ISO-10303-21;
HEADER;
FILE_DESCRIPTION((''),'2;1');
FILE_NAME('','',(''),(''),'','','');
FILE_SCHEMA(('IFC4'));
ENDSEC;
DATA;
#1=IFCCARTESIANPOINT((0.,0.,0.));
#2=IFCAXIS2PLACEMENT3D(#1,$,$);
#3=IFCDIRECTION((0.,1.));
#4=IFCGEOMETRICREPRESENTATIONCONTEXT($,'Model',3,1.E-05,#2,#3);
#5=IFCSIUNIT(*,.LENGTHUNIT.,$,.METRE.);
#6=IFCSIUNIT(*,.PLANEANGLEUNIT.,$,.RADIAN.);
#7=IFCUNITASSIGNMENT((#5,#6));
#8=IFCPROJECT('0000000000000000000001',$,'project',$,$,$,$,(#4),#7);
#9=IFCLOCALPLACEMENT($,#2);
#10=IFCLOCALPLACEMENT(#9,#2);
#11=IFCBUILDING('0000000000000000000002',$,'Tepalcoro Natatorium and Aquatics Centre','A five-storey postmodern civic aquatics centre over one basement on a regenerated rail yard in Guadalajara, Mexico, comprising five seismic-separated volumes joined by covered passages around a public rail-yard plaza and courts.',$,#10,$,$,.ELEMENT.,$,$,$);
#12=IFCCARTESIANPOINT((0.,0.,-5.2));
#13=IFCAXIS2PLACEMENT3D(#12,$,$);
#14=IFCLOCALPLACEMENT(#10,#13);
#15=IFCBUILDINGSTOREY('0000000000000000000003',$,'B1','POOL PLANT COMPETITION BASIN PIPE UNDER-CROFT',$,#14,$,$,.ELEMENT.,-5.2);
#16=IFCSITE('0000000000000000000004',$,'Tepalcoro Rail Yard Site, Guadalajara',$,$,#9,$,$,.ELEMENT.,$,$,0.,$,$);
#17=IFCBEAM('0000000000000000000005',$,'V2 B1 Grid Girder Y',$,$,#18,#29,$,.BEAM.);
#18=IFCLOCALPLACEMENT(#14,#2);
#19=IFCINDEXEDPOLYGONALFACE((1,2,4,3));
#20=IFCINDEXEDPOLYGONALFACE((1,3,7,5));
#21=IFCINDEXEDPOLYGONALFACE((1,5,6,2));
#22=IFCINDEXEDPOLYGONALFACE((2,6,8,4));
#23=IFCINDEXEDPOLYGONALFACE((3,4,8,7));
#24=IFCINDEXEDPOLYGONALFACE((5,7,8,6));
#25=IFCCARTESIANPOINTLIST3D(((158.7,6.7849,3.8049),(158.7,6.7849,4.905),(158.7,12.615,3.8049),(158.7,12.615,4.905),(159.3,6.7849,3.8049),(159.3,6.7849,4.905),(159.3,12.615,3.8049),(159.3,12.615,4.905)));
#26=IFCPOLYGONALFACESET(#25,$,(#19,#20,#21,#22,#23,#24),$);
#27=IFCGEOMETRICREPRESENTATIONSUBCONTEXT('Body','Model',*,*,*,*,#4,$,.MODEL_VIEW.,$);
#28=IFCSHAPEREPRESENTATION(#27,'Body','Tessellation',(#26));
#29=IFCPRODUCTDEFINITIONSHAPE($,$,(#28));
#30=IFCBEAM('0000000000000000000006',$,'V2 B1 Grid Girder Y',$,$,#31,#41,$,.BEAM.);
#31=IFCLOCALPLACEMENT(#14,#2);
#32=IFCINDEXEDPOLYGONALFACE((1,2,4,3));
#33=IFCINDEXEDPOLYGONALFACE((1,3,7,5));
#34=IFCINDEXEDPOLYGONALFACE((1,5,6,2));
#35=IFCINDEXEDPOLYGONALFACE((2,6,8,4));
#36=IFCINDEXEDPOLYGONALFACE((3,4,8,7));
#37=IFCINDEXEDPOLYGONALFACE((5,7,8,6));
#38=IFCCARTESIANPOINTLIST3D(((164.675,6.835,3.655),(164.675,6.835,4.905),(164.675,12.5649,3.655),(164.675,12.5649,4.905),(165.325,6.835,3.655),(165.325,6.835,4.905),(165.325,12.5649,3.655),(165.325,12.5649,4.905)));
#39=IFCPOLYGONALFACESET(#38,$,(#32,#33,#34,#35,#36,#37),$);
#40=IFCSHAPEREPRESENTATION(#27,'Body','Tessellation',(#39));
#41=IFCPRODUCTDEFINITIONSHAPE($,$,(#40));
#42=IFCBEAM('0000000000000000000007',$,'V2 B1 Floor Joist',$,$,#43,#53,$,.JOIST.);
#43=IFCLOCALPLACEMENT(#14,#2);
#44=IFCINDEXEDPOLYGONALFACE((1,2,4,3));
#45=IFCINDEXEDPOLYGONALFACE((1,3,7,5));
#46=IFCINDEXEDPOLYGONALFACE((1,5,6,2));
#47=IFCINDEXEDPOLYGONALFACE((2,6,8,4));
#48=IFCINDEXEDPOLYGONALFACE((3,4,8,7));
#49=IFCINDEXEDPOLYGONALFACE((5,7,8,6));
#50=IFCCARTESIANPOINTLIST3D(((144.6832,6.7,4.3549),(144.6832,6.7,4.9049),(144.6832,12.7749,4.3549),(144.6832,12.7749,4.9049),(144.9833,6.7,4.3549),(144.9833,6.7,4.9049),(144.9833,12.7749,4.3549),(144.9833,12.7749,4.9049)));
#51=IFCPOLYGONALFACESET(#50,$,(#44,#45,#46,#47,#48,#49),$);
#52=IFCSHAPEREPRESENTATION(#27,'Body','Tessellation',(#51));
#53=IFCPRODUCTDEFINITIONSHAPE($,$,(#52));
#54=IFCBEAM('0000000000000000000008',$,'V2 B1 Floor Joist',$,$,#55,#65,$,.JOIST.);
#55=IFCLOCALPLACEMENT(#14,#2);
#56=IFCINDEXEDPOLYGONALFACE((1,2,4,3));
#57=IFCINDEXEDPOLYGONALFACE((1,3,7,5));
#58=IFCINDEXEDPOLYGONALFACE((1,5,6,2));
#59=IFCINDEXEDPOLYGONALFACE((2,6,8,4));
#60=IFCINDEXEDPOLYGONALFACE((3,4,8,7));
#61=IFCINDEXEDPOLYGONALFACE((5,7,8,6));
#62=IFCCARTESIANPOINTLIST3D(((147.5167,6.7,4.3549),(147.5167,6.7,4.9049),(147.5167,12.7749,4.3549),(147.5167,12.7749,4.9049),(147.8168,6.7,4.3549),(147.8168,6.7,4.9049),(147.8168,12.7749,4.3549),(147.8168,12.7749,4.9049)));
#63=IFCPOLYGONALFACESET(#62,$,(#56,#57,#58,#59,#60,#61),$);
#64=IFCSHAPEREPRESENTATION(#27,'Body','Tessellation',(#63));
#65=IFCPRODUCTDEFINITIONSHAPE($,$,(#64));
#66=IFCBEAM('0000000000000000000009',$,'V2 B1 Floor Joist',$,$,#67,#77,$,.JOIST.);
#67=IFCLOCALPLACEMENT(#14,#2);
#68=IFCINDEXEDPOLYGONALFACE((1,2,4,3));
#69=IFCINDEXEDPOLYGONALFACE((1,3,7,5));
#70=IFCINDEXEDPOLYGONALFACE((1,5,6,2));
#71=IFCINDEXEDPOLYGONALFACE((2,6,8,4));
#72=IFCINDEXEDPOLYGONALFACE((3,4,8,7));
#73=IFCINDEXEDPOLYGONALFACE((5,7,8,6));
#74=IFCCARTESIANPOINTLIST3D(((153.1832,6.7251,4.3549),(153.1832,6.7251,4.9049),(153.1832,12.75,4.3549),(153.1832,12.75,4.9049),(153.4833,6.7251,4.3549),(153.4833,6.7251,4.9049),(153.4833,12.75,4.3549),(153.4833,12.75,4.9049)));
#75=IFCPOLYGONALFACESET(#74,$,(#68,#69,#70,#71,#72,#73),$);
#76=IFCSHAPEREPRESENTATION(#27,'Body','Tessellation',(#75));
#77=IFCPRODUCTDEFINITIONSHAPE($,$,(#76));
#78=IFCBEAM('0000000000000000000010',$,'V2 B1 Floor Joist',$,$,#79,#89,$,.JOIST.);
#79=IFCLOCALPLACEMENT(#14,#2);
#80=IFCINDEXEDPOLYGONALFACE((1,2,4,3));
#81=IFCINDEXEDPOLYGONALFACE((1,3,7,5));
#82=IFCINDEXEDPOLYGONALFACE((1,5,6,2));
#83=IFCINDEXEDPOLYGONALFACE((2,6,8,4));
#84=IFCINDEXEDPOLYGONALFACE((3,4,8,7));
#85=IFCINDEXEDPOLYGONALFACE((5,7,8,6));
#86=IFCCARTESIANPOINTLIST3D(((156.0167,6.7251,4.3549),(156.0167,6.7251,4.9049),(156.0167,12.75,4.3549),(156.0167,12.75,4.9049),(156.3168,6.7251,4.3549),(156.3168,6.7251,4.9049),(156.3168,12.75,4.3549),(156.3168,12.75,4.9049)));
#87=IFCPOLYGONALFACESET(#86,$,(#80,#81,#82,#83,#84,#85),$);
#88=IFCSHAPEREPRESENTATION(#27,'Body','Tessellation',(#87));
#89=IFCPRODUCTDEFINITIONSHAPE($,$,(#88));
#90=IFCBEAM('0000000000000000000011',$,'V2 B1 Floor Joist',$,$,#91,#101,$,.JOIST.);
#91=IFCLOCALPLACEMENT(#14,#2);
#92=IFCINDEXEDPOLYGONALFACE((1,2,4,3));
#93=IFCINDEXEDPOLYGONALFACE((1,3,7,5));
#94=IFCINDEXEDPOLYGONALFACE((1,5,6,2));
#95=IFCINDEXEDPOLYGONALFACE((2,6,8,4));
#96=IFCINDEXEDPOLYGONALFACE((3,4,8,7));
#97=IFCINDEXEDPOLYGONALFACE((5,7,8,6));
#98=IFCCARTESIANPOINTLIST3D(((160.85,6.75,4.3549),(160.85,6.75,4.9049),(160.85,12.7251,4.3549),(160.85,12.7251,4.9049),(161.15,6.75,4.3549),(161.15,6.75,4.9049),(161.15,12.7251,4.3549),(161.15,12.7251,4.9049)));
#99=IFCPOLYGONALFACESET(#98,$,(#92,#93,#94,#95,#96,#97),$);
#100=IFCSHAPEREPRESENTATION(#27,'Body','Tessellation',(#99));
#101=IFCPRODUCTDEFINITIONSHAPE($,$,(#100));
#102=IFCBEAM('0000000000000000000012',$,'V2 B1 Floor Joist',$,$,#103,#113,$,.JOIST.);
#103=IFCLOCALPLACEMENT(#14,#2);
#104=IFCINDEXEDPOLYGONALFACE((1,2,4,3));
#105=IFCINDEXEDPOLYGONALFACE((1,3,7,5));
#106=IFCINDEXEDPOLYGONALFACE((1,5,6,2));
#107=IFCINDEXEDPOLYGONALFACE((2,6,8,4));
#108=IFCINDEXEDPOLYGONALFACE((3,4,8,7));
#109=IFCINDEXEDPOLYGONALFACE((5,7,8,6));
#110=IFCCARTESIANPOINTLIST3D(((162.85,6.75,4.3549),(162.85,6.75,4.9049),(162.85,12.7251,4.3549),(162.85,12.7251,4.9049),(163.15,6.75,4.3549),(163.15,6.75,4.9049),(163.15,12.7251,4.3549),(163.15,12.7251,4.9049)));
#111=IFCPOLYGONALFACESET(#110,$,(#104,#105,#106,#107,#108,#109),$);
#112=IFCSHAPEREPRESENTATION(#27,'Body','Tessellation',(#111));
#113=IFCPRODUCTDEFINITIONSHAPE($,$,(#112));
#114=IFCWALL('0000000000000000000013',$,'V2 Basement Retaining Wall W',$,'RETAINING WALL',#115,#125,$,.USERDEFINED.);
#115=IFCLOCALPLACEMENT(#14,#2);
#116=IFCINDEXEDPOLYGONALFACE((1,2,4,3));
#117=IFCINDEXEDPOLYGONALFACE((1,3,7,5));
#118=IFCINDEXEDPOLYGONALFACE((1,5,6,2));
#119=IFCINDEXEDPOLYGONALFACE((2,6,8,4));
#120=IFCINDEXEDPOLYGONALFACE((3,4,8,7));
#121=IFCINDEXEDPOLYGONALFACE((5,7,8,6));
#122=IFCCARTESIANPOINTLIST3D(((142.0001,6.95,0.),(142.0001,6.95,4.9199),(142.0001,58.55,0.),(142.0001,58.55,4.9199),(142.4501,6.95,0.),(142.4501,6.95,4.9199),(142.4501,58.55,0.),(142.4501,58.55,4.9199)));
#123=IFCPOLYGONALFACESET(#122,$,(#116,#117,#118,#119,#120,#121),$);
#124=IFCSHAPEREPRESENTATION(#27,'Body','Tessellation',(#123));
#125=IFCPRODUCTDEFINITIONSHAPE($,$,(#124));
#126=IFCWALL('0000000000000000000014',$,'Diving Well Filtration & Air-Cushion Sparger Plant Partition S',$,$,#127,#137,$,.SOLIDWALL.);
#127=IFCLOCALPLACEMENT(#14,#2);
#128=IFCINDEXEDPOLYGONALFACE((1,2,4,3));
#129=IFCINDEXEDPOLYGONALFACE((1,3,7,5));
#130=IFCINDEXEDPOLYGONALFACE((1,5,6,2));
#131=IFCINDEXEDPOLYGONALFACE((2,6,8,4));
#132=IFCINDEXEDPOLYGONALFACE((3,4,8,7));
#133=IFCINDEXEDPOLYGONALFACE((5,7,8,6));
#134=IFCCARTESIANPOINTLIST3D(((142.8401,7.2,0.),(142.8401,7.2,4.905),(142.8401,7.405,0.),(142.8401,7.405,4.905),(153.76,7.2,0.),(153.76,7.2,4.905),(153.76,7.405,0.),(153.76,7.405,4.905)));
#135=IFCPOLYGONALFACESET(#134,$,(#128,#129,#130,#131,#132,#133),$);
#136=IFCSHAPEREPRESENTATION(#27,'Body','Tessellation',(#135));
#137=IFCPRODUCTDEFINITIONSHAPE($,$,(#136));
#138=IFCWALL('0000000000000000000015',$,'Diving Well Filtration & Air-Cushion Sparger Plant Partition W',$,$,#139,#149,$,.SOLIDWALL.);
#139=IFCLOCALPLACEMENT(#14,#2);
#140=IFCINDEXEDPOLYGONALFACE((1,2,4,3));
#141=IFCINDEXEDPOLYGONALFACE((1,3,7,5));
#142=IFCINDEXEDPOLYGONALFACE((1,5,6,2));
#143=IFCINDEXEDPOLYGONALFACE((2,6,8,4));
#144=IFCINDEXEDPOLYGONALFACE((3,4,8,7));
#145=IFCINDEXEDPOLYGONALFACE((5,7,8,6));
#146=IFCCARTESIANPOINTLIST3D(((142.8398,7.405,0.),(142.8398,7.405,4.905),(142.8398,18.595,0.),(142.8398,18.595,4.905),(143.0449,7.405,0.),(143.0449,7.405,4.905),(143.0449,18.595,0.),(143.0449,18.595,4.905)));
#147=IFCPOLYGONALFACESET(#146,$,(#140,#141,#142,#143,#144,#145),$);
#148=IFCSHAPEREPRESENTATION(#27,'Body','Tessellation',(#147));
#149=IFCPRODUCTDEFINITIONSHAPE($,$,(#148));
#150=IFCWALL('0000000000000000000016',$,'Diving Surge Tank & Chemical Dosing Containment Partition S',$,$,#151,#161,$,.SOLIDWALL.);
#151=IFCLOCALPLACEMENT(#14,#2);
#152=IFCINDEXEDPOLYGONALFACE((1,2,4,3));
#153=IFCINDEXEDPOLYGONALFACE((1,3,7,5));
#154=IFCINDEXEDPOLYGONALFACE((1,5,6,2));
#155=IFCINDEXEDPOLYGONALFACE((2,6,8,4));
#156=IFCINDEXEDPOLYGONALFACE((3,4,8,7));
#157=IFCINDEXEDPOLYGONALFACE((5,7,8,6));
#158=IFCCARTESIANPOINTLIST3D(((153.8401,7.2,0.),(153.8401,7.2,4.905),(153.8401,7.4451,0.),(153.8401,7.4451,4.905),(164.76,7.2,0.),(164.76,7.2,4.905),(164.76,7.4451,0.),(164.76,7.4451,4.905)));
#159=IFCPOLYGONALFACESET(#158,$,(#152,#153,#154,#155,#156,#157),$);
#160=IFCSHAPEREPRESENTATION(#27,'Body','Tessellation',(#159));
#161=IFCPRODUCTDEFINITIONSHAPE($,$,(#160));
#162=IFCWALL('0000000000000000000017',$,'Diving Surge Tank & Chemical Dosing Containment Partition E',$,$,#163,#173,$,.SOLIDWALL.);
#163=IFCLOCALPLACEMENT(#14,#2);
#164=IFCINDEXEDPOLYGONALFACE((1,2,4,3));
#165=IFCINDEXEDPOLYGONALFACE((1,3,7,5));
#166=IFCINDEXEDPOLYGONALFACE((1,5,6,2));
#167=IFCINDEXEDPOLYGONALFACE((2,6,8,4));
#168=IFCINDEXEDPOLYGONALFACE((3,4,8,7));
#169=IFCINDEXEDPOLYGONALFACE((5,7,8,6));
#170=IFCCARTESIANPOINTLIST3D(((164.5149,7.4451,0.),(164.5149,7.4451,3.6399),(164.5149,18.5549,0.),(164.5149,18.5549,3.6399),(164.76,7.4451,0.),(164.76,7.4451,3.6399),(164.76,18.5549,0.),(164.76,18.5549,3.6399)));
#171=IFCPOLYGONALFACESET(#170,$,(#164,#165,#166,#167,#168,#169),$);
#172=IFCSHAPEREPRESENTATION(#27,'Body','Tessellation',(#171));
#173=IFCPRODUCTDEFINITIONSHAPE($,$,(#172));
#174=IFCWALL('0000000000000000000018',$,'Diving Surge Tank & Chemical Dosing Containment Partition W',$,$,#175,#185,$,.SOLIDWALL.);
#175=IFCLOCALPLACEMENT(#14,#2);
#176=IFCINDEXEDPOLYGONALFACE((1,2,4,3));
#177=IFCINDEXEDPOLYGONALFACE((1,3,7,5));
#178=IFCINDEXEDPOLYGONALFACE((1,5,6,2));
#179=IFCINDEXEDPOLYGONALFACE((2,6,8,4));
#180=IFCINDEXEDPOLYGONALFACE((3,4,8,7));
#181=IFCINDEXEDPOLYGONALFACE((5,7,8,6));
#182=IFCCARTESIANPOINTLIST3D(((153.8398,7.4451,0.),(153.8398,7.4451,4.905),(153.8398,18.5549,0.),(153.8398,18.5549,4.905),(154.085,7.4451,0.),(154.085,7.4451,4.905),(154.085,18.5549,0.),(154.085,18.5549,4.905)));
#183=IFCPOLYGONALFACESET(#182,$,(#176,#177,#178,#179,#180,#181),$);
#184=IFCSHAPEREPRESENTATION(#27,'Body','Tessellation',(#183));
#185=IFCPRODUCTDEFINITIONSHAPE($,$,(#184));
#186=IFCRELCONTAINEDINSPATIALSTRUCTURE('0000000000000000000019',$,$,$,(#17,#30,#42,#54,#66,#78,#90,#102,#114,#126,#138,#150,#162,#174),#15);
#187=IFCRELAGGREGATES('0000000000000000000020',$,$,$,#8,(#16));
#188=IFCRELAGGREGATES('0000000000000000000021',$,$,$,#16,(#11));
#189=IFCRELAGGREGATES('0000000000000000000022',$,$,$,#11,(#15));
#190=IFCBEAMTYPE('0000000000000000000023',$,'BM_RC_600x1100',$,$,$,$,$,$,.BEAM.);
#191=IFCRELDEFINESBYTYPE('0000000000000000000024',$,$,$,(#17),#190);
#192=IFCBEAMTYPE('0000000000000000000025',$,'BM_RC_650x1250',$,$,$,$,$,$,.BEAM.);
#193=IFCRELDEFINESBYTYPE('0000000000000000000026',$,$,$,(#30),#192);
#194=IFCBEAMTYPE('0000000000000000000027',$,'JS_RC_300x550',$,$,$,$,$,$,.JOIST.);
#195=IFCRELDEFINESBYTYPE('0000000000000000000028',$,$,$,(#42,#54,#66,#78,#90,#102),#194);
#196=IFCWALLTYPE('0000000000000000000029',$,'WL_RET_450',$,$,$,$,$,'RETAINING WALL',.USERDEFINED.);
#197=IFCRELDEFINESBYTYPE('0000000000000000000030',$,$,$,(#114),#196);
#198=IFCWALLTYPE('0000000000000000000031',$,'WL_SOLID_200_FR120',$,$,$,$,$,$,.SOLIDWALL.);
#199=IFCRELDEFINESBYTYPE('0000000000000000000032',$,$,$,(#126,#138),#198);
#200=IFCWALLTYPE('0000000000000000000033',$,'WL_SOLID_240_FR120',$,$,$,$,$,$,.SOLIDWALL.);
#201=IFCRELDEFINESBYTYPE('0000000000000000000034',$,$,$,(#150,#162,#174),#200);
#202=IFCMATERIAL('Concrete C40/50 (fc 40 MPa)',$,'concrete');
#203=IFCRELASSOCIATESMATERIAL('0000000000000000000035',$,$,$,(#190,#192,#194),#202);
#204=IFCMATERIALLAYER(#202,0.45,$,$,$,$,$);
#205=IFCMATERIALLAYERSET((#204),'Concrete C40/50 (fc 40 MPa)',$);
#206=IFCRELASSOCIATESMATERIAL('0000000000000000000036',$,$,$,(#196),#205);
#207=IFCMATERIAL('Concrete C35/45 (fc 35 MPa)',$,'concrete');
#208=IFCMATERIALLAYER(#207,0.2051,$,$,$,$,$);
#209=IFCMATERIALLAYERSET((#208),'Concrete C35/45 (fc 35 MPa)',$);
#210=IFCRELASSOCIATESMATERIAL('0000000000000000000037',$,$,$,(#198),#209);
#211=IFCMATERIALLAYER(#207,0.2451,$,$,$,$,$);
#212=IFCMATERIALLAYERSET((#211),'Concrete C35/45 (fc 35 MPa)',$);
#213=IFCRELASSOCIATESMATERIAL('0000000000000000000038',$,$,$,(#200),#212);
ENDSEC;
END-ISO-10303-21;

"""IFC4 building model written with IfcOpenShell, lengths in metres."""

from ifc_helpers import new_model, si_unit, direction, frame, frame_2d, origin, origin_2d, place, context, subcontext, project, spatial, rectangle, extrude, material, layer, layer_set, material_profile, profile_set, type_object, element, save


model = new_model("IFC4")

# Units and contexts
model_context = context("Model", 3, precision=1e-05, world=origin(), true_north=direction((0.0, 1.0)))
body_context = subcontext(model_context, "Body", "Model", "MODEL_VIEW")
ifc_project = project(units=[si_unit("LENGTHUNIT", "METRE"), si_unit("PLANEANGLEUNIT", "RADIAN")], contexts=[model_context])

# Site, building, storey
site_placement = place(None, origin())
site = spatial("IfcSite", under=ifc_project, at=site_placement, Name="Tepalcoro Rail Yard Site, Guadalajara", CompositionType="ELEMENT", RefElevation=0.0)
building_placement = place(site_placement, origin())
building = spatial("IfcBuilding", under=site, at=building_placement, Name="Tepalcoro Natatorium and Aquatics Centre", Description="A five-storey postmodern civic aquatics centre over one basement on a regenerated rail yard in Guadalajara, Mexico, comprising five seismic-separated volumes joined by covered passages around a public rail-yard plaza and courts.", CompositionType="ELEMENT")
storey_placement = place(building_placement, frame((0.0, 0.0, -5.2)))
storey = spatial("IfcBuildingStorey", under=building, at=storey_placement, Name="B1", Description="POOL PLANT COMPETITION BASIN PIPE UNDER-CROFT", CompositionType="ELEMENT", Elevation=-5.2)

# Shared definitions
ifc_material_1 = material(Name="Concrete C40/50 (fc 40 MPa)", Category="concrete")

# Beams
ifc_material_profile_1 = material_profile(ifc_material_1, rectangle(XDim=0.6001, YDim=1.1001, at=origin_2d()), Name="RCB600x1100")
ifc_profile_set_1 = profile_set([ifc_material_profile_1], Name="Concrete C40/50 (fc 40 MPa)")
beam_type_1 = type_object("IfcBeamType", Name="BM_RC_600x1100", PredefinedType="BEAM", material=ifc_profile_set_1)
beam_1_placement = place(storey_placement, frame((159.0, 6.7849, 4.355), z_axis=(0.0, 1.0, 0.0), x_axis=(-1.0, 0.0, 0.0)))
element("IfcBeam", 1, at=beam_1_placement, inside=storey, type_object=beam_type_1, Name="V2 B1 Grid Girder Y", PredefinedType="BEAM", context=body_context, shape_type="SweptSolid", body=[
    extrude(rectangle(XDim=0.6001, YDim=1.1001, at=origin_2d()), origin(), (0.0, 0.0, 1.0), 5.8301),
])
ifc_material_profile_2 = material_profile(ifc_material_1, rectangle(XDim=0.6499, YDim=1.25, at=origin_2d()), Name="RCB650x1250")
ifc_profile_set_2 = profile_set([ifc_material_profile_2], Name="Concrete C40/50 (fc 40 MPa)")
beam_type_2 = type_object("IfcBeamType", Name="BM_RC_650x1250", PredefinedType="BEAM", material=ifc_profile_set_2)
beam_2_placement = place(storey_placement, frame((165.0, 6.835, 4.28), z_axis=(0.0, 1.0, 0.0), x_axis=(-1.0, 0.0, 0.0)))
element("IfcBeam", 2, at=beam_2_placement, inside=storey, type_object=beam_type_2, Name="V2 B1 Grid Girder Y", PredefinedType="BEAM", context=body_context, shape_type="SweptSolid", body=[
    extrude(rectangle(XDim=0.6499, YDim=1.25, at=origin_2d()), origin(), (0.0, 0.0, 1.0), 5.73),
])
ifc_material_profile_3 = material_profile(ifc_material_1, rectangle(XDim=0.3, YDim=0.55, at=origin_2d()), Name="RCJ300x550")
ifc_profile_set_3 = profile_set([ifc_material_profile_3], Name="Concrete C40/50 (fc 40 MPa)")
beam_type_3 = type_object("IfcBeamType", Name="JS_RC_300x550", PredefinedType="JOIST", material=ifc_profile_set_3)
for number, where, z_axis, x_axis, name in (
    (3, (144.8333, 6.7, 4.6299), (0.0, 1.0, 0.0), (-1.0, 0.0, 0.0), "V2 B1 Floor Joist"),
    (4, (147.6667, 6.7, 4.6299), (0.0, 1.0, 0.0), (-1.0, 0.0, 0.0), "V2 B1 Floor Joist"),
):
    element("IfcBeam", number, at=place(storey_placement, frame(where, z_axis=z_axis, x_axis=x_axis)), inside=storey, type_object=beam_type_3, Name=name, PredefinedType="JOIST", context=body_context, shape_type="SweptSolid", body=[
        extrude(rectangle(XDim=0.3, YDim=0.55, at=origin_2d()), origin(), (0.0, 0.0, 1.0), 6.075),
    ])
for number, where, z_axis, x_axis, name in (
    (5, (153.3333, 6.7251, 4.6299), (0.0, 1.0, 0.0), (-1.0, 0.0, 0.0), "V2 B1 Floor Joist"),
    (6, (156.1667, 6.7251, 4.6299), (0.0, 1.0, 0.0), (-1.0, 0.0, 0.0), "V2 B1 Floor Joist"),
):
    element("IfcBeam", number, at=place(storey_placement, frame(where, z_axis=z_axis, x_axis=x_axis)), inside=storey, type_object=beam_type_3, Name=name, PredefinedType="JOIST", context=body_context, shape_type="SweptSolid", body=[
        extrude(rectangle(XDim=0.3, YDim=0.55, at=origin_2d()), origin(), (0.0, 0.0, 1.0), 6.0249),
    ])
for number, where, z_axis, x_axis, name in (
    (7, (161.0, 6.75, 4.6299), (0.0, 1.0, 0.0), (-1.0, 0.0, 0.0), "V2 B1 Floor Joist"),
    (8, (163.0, 6.75, 4.6299), (0.0, 1.0, 0.0), (-1.0, 0.0, 0.0), "V2 B1 Floor Joist"),
):
    element("IfcBeam", number, at=place(storey_placement, frame(where, z_axis=z_axis, x_axis=x_axis)), inside=storey, type_object=beam_type_3, Name=name, PredefinedType="JOIST", context=body_context, shape_type="SweptSolid", body=[
        extrude(rectangle(XDim=0.3, YDim=0.55, at=origin_2d()), origin(), (0.0, 0.0, 1.0), 5.9751),
    ])

# Walls
ifc_layer_1 = layer(ifc_material_1, 0.45)
ifc_layer_set_1 = layer_set([ifc_layer_1], Name="Concrete C40/50 (fc 40 MPa)")
wall_type_1 = type_object("IfcWallType", Name="WL_RET_450", ElementType="RETAINING WALL", PredefinedType="USERDEFINED", material=ifc_layer_set_1)
wall_1_placement = place(storey_placement, frame((142.2251, 6.95, 0.0), z_axis=(0.0, 0.0, 1.0), x_axis=(0.0, 1.0, 0.0)))
element("IfcWall", 9, at=wall_1_placement, inside=storey, type_object=wall_type_1, Name="V2 Basement Retaining Wall W", ObjectType="RETAINING WALL", PredefinedType="USERDEFINED", context=body_context, shape_type="SweptSolid", body=[
    extrude(rectangle(XDim=51.6001, YDim=0.45, at=frame_2d((25.8, 0.0))), origin(), (0.0, 0.0, 1.0), 4.9199),
])
ifc_material_2 = material(Name="Concrete C35/45 (fc 35 MPa)", Category="concrete")
ifc_layer_2 = layer(ifc_material_2, 0.2051)
ifc_layer_set_2 = layer_set([ifc_layer_2], Name="Concrete C35/45 (fc 35 MPa)")
wall_type_2 = type_object("IfcWallType", Name="WL_SOLID_200_FR120", PredefinedType="SOLIDWALL", material=ifc_layer_set_2)
wall_2_placement = place(storey_placement, frame((142.8401, 7.3025, 0.0), z_axis=(0.0, 0.0, 1.0), x_axis=(1.0, 0.0, 0.0)))
element("IfcWall", 10, at=wall_2_placement, inside=storey, type_object=wall_type_2, Name="Diving Well Filtration & Air-Cushion Sparger Plant Partition S", PredefinedType="SOLIDWALL", context=body_context, shape_type="SweptSolid", body=[
    extrude(rectangle(XDim=10.9199, YDim=0.2051, at=frame_2d((5.46, 0.0))), origin(), (0.0, 0.0, 1.0), 4.905),
])
wall_3_placement = place(storey_placement, frame((142.9424, 7.405, 0.0), z_axis=(0.0, 0.0, 1.0), x_axis=(0.0, 1.0, 0.0)))
element("IfcWall", 11, at=wall_3_placement, inside=storey, type_object=wall_type_2, Name="Diving Well Filtration & Air-Cushion Sparger Plant Partition W", PredefinedType="SOLIDWALL", context=body_context, shape_type="SweptSolid", body=[
    extrude(rectangle(XDim=11.1899, YDim=0.2051, at=frame_2d((5.595, 0.0))), origin(), (0.0, 0.0, 1.0), 4.905),
])
ifc_layer_3 = layer(ifc_material_2, 0.2451)
ifc_layer_set_3 = layer_set([ifc_layer_3], Name="Concrete C35/45 (fc 35 MPa)")
wall_type_3 = type_object("IfcWallType", Name="WL_SOLID_240_FR120", PredefinedType="SOLIDWALL", material=ifc_layer_set_3)
wall_4_placement = place(storey_placement, frame((153.8401, 7.3225, 0.0), z_axis=(0.0, 0.0, 1.0), x_axis=(1.0, 0.0, 0.0)))
element("IfcWall", 12, at=wall_4_placement, inside=storey, type_object=wall_type_3, Name="Diving Surge Tank & Chemical Dosing Containment Partition S", PredefinedType="SOLIDWALL", context=body_context, shape_type="SweptSolid", body=[
    extrude(rectangle(XDim=10.9199, YDim=0.2451, at=frame_2d((5.46, 0.0))), origin(), (0.0, 0.0, 1.0), 4.905),
])
wall_5_placement = place(storey_placement, frame((164.6375, 7.4451, 0.0), z_axis=(0.0, 0.0, 1.0), x_axis=(0.0, 1.0, 0.0)))
element("IfcWall", 13, at=wall_5_placement, inside=storey, type_object=wall_type_3, Name="Diving Surge Tank & Chemical Dosing Containment Partition E", PredefinedType="SOLIDWALL", context=body_context, shape_type="SweptSolid", body=[
    extrude(rectangle(XDim=11.1099, YDim=0.2451, at=frame_2d((5.5549, 0.0))), origin(), (0.0, 0.0, 1.0), 3.6399),
])
wall_6_placement = place(storey_placement, frame((153.9624, 7.4451, 0.0), z_axis=(0.0, 0.0, 1.0), x_axis=(0.0, 1.0, 0.0)))
element("IfcWall", 14, at=wall_6_placement, inside=storey, type_object=wall_type_3, Name="Diving Surge Tank & Chemical Dosing Containment Partition W", PredefinedType="SOLIDWALL", context=body_context, shape_type="SweptSolid", body=[
    extrude(rectangle(XDim=11.1099, YDim=0.2451, at=frame_2d((5.5549, 0.0))), origin(), (0.0, 0.0, 1.0), 4.905),
])

save(model, "model.ifc")
